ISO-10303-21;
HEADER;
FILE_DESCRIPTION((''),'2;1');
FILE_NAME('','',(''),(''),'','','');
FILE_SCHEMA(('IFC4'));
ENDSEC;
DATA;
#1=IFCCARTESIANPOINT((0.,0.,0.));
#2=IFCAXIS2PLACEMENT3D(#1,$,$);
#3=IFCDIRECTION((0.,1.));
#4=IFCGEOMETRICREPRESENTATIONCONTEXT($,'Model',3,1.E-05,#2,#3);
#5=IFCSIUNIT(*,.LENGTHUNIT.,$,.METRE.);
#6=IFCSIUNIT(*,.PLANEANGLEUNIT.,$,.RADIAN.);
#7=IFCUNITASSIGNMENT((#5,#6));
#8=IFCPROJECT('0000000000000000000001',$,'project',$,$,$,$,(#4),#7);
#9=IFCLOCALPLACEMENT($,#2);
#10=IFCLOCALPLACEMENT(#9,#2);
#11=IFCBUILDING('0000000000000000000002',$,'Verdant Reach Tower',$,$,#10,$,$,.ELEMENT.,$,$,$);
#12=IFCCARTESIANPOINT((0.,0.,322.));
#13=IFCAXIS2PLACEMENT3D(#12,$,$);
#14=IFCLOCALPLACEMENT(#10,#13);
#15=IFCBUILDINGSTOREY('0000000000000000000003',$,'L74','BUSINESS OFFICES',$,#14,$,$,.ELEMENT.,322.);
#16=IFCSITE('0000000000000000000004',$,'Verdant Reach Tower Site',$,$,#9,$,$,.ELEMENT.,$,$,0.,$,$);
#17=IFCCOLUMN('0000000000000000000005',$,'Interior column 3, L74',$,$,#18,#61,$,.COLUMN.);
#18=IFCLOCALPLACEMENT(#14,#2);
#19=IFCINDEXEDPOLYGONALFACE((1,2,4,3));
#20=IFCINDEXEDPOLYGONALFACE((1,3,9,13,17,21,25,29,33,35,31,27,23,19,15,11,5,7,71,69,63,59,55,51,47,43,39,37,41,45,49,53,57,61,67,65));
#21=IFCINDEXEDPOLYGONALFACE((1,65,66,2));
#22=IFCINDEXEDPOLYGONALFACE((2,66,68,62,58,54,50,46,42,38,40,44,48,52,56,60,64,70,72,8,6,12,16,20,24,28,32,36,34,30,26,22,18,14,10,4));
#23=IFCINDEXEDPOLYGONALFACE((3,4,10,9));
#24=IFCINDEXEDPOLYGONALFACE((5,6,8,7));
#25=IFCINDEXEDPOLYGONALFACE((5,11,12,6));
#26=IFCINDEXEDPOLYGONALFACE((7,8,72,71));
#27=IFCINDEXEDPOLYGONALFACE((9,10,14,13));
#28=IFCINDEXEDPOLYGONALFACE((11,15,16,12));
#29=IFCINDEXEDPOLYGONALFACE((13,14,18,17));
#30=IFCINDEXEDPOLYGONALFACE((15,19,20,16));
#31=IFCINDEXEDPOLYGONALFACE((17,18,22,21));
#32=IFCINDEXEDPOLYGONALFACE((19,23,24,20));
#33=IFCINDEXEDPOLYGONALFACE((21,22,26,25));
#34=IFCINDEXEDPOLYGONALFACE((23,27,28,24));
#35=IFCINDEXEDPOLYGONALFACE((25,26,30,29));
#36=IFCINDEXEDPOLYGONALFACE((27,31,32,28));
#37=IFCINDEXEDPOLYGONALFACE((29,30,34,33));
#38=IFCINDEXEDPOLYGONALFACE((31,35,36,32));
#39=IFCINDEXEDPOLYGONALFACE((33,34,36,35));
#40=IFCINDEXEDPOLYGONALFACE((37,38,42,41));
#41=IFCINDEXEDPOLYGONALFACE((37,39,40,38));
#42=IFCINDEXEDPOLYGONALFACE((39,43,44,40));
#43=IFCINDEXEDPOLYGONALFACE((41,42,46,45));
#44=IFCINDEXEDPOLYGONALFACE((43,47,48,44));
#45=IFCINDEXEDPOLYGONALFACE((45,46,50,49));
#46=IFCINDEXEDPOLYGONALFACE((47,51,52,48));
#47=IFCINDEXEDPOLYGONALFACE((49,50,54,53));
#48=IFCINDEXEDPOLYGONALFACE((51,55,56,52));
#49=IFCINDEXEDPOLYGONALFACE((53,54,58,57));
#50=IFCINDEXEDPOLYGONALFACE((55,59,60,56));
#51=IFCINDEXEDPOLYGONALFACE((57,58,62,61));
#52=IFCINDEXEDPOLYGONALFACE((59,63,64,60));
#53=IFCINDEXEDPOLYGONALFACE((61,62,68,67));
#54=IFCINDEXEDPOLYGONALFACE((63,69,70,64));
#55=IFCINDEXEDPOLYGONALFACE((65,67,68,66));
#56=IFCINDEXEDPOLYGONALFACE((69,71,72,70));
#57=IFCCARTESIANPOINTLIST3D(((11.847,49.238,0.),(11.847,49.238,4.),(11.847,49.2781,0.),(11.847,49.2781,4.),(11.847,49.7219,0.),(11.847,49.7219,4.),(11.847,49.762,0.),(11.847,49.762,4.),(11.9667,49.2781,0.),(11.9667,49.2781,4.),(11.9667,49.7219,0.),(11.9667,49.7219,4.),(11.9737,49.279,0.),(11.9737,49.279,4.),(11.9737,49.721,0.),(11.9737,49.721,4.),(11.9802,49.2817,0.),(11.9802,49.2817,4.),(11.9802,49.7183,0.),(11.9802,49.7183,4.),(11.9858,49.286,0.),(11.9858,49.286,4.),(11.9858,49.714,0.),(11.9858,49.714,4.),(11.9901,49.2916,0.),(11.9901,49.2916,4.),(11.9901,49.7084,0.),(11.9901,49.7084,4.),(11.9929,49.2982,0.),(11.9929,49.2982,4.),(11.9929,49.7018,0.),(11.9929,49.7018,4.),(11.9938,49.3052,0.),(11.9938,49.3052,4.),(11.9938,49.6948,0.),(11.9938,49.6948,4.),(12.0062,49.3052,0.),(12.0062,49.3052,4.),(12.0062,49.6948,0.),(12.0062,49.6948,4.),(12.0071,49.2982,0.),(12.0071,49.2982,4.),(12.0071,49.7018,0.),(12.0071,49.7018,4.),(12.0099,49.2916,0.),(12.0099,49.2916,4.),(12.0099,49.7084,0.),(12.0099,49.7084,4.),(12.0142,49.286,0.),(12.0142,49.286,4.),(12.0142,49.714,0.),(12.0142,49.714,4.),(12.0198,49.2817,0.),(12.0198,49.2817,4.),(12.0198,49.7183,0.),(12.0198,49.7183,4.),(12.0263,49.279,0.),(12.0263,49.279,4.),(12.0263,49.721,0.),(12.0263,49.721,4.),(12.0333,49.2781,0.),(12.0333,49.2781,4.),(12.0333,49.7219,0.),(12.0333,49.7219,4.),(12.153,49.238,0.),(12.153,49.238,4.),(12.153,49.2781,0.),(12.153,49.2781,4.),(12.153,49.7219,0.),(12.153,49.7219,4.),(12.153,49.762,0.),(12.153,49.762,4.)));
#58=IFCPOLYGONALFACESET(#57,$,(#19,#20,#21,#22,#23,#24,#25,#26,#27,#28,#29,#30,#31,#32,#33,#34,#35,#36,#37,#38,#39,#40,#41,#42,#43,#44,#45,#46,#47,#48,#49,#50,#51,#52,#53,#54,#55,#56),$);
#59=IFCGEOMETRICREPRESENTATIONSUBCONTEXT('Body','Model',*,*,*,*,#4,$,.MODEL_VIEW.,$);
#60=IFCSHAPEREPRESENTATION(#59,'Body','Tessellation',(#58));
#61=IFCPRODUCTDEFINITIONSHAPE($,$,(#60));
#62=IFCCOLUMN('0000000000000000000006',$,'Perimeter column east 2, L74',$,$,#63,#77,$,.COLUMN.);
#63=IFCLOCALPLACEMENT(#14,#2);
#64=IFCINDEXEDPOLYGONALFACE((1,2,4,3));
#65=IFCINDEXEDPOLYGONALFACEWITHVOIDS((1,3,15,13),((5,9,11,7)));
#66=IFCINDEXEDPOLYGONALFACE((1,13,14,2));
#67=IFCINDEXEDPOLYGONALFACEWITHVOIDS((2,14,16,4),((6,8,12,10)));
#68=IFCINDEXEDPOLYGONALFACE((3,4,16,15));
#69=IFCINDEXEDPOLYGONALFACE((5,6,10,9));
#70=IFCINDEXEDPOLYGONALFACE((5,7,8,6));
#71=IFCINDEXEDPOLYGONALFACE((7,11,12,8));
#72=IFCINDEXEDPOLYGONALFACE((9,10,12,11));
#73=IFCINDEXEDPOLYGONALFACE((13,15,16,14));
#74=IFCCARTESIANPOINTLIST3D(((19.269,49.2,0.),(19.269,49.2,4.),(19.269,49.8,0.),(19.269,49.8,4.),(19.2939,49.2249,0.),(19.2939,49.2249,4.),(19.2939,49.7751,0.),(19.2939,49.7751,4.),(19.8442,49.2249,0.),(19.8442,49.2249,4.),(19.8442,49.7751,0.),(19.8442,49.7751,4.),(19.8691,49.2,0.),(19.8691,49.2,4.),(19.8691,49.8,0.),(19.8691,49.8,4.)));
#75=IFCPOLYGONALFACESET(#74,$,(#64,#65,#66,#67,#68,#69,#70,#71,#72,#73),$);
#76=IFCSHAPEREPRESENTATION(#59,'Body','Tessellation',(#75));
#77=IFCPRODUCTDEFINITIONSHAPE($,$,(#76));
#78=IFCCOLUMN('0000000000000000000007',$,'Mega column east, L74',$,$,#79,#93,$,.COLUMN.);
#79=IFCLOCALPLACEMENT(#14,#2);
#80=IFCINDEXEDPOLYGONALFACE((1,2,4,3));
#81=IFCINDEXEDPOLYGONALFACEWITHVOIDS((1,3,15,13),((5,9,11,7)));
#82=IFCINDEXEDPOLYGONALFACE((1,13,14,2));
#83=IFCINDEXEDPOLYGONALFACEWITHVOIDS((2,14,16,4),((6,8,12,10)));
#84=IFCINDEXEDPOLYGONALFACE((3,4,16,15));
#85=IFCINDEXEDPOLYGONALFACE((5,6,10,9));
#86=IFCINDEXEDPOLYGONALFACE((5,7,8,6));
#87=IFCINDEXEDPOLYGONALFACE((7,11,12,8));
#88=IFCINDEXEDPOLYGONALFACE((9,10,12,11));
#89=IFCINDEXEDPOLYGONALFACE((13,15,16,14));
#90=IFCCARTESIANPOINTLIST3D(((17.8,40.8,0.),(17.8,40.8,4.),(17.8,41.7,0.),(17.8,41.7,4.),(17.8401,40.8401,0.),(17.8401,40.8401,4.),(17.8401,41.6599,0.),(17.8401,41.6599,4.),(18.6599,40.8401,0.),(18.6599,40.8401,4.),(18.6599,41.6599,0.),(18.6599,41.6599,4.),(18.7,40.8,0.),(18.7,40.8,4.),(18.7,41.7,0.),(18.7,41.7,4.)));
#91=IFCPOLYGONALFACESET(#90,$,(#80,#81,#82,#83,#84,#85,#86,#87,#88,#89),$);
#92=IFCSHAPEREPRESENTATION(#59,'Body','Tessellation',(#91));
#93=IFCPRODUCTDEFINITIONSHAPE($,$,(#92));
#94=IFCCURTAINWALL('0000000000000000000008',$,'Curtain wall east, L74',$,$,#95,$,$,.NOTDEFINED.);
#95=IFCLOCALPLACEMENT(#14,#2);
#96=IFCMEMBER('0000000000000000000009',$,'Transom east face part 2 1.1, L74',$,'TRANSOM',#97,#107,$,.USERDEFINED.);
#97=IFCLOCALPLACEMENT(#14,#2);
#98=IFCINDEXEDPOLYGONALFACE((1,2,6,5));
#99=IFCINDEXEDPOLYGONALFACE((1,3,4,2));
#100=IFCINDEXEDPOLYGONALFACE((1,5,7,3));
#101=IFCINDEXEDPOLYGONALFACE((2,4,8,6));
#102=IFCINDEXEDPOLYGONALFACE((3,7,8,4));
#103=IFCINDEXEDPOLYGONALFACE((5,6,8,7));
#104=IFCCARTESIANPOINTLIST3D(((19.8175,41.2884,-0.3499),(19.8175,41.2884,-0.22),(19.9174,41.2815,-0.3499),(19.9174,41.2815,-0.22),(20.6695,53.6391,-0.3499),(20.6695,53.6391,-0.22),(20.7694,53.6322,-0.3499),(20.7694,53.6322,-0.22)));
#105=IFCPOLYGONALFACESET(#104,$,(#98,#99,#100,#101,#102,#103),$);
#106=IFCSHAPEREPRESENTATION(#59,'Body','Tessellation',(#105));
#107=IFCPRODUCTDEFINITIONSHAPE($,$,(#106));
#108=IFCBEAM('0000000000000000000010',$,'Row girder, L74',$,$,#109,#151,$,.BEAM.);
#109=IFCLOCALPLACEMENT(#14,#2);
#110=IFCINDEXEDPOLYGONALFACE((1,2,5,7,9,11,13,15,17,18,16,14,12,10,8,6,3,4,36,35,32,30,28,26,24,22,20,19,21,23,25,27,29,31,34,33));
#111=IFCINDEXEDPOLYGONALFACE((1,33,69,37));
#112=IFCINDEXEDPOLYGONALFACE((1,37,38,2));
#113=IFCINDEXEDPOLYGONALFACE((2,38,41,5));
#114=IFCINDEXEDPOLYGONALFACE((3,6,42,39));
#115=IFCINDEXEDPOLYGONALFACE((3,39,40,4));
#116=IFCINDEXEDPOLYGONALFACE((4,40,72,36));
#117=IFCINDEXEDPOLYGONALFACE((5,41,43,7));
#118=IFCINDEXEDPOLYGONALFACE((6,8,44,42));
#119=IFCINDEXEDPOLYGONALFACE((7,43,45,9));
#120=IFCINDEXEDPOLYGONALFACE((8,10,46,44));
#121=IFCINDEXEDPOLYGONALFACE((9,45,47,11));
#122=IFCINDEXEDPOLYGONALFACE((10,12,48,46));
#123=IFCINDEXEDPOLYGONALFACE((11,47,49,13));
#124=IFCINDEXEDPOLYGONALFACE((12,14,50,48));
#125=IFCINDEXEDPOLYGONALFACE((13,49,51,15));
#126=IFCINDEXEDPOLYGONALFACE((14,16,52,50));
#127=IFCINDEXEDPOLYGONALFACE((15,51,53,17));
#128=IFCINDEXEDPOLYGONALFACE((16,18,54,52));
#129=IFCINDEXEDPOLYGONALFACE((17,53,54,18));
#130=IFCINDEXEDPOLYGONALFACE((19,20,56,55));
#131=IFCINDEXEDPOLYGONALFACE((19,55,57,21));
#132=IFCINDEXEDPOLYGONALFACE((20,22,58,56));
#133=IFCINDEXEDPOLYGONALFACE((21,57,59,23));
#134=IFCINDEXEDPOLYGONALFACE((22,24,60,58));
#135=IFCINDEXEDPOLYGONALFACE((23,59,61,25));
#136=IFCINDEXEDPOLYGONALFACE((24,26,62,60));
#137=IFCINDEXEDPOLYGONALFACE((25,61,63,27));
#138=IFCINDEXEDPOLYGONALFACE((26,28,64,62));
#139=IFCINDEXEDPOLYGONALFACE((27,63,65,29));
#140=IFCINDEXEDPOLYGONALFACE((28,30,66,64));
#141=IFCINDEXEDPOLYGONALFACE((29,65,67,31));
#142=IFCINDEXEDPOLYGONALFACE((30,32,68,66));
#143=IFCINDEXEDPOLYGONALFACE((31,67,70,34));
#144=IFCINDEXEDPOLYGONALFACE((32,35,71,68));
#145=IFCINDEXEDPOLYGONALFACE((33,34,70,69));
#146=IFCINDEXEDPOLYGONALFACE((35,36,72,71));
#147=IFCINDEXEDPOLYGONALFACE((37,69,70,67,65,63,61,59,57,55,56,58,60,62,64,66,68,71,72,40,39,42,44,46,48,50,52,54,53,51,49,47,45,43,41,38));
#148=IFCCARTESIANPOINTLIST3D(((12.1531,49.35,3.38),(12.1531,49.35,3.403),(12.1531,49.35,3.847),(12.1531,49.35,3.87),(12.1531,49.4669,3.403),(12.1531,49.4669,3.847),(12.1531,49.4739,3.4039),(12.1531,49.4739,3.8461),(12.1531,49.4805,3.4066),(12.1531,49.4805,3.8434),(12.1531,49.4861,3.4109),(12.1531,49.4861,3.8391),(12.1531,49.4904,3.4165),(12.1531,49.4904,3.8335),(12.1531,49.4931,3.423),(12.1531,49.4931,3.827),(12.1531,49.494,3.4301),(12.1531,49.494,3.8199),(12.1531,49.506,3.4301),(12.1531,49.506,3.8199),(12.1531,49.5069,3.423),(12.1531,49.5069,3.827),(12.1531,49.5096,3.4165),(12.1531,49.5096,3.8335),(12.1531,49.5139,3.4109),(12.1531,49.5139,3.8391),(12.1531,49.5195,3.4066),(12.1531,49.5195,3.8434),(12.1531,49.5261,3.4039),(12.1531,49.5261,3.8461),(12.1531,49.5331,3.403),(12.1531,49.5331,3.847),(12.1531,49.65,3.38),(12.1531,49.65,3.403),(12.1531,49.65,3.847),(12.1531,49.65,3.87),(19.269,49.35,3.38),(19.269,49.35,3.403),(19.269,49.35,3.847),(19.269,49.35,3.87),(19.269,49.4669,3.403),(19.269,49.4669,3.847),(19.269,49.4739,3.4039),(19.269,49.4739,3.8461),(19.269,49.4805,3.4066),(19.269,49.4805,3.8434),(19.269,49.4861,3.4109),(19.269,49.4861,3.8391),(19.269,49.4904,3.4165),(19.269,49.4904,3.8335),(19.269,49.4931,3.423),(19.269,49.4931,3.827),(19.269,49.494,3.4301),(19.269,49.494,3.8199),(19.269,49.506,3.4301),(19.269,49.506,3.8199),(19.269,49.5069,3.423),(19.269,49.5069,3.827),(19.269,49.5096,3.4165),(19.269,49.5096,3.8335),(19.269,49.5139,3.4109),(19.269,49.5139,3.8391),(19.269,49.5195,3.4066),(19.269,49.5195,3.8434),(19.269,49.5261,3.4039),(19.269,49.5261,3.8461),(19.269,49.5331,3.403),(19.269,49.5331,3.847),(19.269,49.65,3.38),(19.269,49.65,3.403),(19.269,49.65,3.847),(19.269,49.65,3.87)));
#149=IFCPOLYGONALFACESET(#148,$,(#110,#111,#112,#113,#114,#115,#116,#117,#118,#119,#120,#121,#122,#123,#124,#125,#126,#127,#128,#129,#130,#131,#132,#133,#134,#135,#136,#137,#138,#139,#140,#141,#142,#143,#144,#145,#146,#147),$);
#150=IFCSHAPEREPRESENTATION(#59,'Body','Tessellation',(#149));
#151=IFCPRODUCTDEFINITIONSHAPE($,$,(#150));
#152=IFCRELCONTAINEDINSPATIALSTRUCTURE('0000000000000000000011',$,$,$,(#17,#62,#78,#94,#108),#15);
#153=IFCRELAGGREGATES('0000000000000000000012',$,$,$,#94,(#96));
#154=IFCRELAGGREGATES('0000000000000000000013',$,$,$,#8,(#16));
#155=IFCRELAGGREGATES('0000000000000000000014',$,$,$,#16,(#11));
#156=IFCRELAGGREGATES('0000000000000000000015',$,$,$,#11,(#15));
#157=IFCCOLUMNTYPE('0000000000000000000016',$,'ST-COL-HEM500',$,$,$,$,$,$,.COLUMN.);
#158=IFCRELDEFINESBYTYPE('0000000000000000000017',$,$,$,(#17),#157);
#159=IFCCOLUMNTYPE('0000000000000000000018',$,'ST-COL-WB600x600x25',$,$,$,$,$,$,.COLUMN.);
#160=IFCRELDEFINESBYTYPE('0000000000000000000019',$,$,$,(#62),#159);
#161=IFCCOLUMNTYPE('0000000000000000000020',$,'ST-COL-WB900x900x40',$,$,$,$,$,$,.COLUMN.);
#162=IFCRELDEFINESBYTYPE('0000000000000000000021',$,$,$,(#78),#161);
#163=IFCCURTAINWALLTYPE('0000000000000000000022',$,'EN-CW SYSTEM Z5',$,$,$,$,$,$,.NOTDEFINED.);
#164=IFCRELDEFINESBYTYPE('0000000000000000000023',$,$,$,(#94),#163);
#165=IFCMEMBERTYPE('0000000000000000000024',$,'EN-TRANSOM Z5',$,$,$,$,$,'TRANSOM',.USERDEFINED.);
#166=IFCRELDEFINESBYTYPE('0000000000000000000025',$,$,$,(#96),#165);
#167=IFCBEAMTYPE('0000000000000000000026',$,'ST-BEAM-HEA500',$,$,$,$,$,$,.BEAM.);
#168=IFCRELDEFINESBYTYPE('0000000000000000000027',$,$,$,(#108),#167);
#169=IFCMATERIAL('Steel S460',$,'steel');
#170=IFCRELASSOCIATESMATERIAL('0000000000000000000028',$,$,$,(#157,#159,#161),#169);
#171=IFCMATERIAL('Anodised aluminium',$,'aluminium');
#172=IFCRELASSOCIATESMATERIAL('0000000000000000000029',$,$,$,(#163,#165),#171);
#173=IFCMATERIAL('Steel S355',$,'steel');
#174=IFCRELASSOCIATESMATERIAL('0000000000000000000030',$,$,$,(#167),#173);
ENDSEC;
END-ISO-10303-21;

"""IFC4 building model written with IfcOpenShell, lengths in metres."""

from ifc_helpers import new_model, si_unit, direction, frame, origin, origin_2d, place, context, subcontext, project, spatial, rectangle, hollow_rectangle, i_section, extrude, material, material_profile, profile_set, type_object, element, aggregate, save


model = new_model("IFC4")

# Units and contexts
model_context = context("Model", 3, precision=1e-05, world=origin(), true_north=direction((0.0, 1.0)))
body_context = subcontext(model_context, "Body", "Model", "MODEL_VIEW")
ifc_project = project(units=[si_unit("LENGTHUNIT", "METRE"), si_unit("PLANEANGLEUNIT", "RADIAN")], contexts=[model_context])

# Site, building, storey
site_placement = place(None, origin())
site = spatial("IfcSite", under=ifc_project, at=site_placement, Name="Verdant Reach Tower Site", CompositionType="ELEMENT", RefElevation=0.0)
building_placement = place(site_placement, origin())
building = spatial("IfcBuilding", under=site, at=building_placement, Name="Verdant Reach Tower", CompositionType="ELEMENT")
storey_placement = place(building_placement, frame((0.0, 0.0, 322.0)))
storey = spatial("IfcBuildingStorey", under=building, at=storey_placement, Name="L74", Description="BUSINESS OFFICES", CompositionType="ELEMENT", Elevation=322.0)

# Columns
ifc_material_1 = material(Name="Steel S460", Category="steel")
ifc_material_profile_1 = material_profile(ifc_material_1, i_section(OverallWidth=0.3059, OverallDepth=0.5239, WebThickness=0.0125, FlangeThickness=0.04, FilletRadius=0.0271, at=origin_2d()), Name="HEM 500")
ifc_profile_set_1 = profile_set([ifc_material_profile_1], Name="Steel S460")
column_type_1 = type_object("IfcColumnType", Name="ST-COL-HEM500", PredefinedType="COLUMN", material=ifc_profile_set_1)
column_1_placement = place(storey_placement, frame((12.0, 49.5, 0.0), z_axis=(0.0, 0.0, 1.0), x_axis=(1.0, 0.0, 0.0)))
element("IfcColumn", 1, at=column_1_placement, inside=storey, type_object=column_type_1, Name="Interior column 3, L74", PredefinedType="COLUMN", context=body_context, shape_type="SweptSolid", body=[
    extrude(i_section(OverallWidth=0.3059, OverallDepth=0.5239, WebThickness=0.0125, FlangeThickness=0.04, FilletRadius=0.0271, at=origin_2d()), origin(), (0.0, 0.0, 1.0), 4.0),
])
ifc_material_profile_2 = material_profile(ifc_material_1, hollow_rectangle(XDim=0.6001, YDim=0.6001, WallThickness=0.0249, at=origin_2d()), Name="WB 600x600x25")
ifc_profile_set_2 = profile_set([ifc_material_profile_2], Name="Steel S460")
column_type_2 = type_object("IfcColumnType", Name="ST-COL-WB600x600x25", PredefinedType="COLUMN", material=ifc_profile_set_2)
column_2_placement = place(storey_placement, frame((19.5691, 49.5, 0.0), z_axis=(0.0, 0.0, 1.0), x_axis=(1.0, 0.0, 0.0)))
element("IfcColumn", 2, at=column_2_placement, inside=storey, type_object=column_type_2, Name="Perimeter column east 2, L74", PredefinedType="COLUMN", context=body_context, shape_type="SweptSolid", body=[
    extrude(hollow_rectangle(XDim=0.6001, YDim=0.6001, WallThickness=0.0249, at=origin_2d()), origin(), (0.0, 0.0, 1.0), 4.0),
])
ifc_material_profile_3 = material_profile(ifc_material_1, hollow_rectangle(XDim=0.8999, YDim=0.8999, WallThickness=0.04, at=origin_2d()), Name="WB 900x900x40")
ifc_profile_set_3 = profile_set([ifc_material_profile_3], Name="Steel S460")
column_type_3 = type_object("IfcColumnType", Name="ST-COL-WB900x900x40", PredefinedType="COLUMN", material=ifc_profile_set_3)
column_3_placement = place(storey_placement, frame((18.25, 41.25, 0.0), z_axis=(0.0, 0.0, 1.0), x_axis=(1.0, 0.0, 0.0)))
element("IfcColumn", 3, at=column_3_placement, inside=storey, type_object=column_type_3, Name="Mega column east, L74", PredefinedType="COLUMN", context=body_context, shape_type="SweptSolid", body=[
    extrude(hollow_rectangle(XDim=0.8999, YDim=0.8999, WallThickness=0.04, at=origin_2d()), origin(), (0.0, 0.0, 1.0), 4.0),
])

# Curtain wall, member
ifc_material_2 = material(Name="Anodised aluminium", Category="aluminium")
curtain_wall_type = type_object("IfcCurtainWallType", Name="EN-CW SYSTEM Z5", PredefinedType="NOTDEFINED", material=ifc_material_2)
curtain_wall_placement = place(storey_placement, origin())
curtain_wall = element("IfcCurtainWall", 4, at=curtain_wall_placement, inside=storey, type_object=curtain_wall_type, Name="Curtain wall east, L74", PredefinedType="NOTDEFINED")
ifc_material_profile_4 = material_profile(ifc_material_2, rectangle(XDim=0.1001, YDim=0.1299, at=origin_2d()), Name="Transom 130x100")
ifc_profile_set_4 = profile_set([ifc_material_profile_4], Name="Anodised aluminium")
member_type = type_object("IfcMemberType", Name="EN-TRANSOM Z5", ElementType="TRANSOM", PredefinedType="USERDEFINED", material=ifc_profile_set_4)
member_placement = place(storey_placement, frame((19.8674, 41.2849, -0.2849), z_axis=(0.068824, 0.997629, 0.0), x_axis=(-0.997629, 0.068824, 0.0)))
member = element("IfcMember", 5, at=member_placement, type_object=member_type, Name="Transom east face part 2 1.1, L74", ObjectType="TRANSOM", PredefinedType="USERDEFINED", context=body_context, shape_type="SweptSolid", body=[
    extrude(rectangle(XDim=0.1001, YDim=0.1299, at=origin_2d()), origin(), (0.0, 0.0, 1.0), 12.3801),
])

# Beam
ifc_material_3 = material(Name="Steel S355", Category="steel")
ifc_material_profile_5 = material_profile(ifc_material_3, i_section(OverallWidth=0.3, OverallDepth=0.49, WebThickness=0.012, FlangeThickness=0.0229, FilletRadius=0.0271, at=origin_2d()), Name="HEA 500")
ifc_profile_set_5 = profile_set([ifc_material_profile_5], Name="Steel S355")
beam_type_1 = type_object("IfcBeamType", Name="ST-BEAM-HEA500", PredefinedType="BEAM", material=ifc_profile_set_5)
beam_1_placement = place(storey_placement, frame((12.1531, 49.5, 3.625), z_axis=(1.0, 0.0, 0.0), x_axis=(0.0, 1.0, 0.0)))
element("IfcBeam", 6, at=beam_1_placement, inside=storey, type_object=beam_type_1, Name="Row girder, L74", PredefinedType="BEAM", context=body_context, shape_type="SweptSolid", body=[
    extrude(i_section(OverallWidth=0.3, OverallDepth=0.49, WebThickness=0.012, FlangeThickness=0.0229, FilletRadius=0.0271, at=origin_2d()), origin(), (0.0, 0.0, 1.0), 7.116),
])

aggregate(curtain_wall, [member])

save(model, "model.ifc")
